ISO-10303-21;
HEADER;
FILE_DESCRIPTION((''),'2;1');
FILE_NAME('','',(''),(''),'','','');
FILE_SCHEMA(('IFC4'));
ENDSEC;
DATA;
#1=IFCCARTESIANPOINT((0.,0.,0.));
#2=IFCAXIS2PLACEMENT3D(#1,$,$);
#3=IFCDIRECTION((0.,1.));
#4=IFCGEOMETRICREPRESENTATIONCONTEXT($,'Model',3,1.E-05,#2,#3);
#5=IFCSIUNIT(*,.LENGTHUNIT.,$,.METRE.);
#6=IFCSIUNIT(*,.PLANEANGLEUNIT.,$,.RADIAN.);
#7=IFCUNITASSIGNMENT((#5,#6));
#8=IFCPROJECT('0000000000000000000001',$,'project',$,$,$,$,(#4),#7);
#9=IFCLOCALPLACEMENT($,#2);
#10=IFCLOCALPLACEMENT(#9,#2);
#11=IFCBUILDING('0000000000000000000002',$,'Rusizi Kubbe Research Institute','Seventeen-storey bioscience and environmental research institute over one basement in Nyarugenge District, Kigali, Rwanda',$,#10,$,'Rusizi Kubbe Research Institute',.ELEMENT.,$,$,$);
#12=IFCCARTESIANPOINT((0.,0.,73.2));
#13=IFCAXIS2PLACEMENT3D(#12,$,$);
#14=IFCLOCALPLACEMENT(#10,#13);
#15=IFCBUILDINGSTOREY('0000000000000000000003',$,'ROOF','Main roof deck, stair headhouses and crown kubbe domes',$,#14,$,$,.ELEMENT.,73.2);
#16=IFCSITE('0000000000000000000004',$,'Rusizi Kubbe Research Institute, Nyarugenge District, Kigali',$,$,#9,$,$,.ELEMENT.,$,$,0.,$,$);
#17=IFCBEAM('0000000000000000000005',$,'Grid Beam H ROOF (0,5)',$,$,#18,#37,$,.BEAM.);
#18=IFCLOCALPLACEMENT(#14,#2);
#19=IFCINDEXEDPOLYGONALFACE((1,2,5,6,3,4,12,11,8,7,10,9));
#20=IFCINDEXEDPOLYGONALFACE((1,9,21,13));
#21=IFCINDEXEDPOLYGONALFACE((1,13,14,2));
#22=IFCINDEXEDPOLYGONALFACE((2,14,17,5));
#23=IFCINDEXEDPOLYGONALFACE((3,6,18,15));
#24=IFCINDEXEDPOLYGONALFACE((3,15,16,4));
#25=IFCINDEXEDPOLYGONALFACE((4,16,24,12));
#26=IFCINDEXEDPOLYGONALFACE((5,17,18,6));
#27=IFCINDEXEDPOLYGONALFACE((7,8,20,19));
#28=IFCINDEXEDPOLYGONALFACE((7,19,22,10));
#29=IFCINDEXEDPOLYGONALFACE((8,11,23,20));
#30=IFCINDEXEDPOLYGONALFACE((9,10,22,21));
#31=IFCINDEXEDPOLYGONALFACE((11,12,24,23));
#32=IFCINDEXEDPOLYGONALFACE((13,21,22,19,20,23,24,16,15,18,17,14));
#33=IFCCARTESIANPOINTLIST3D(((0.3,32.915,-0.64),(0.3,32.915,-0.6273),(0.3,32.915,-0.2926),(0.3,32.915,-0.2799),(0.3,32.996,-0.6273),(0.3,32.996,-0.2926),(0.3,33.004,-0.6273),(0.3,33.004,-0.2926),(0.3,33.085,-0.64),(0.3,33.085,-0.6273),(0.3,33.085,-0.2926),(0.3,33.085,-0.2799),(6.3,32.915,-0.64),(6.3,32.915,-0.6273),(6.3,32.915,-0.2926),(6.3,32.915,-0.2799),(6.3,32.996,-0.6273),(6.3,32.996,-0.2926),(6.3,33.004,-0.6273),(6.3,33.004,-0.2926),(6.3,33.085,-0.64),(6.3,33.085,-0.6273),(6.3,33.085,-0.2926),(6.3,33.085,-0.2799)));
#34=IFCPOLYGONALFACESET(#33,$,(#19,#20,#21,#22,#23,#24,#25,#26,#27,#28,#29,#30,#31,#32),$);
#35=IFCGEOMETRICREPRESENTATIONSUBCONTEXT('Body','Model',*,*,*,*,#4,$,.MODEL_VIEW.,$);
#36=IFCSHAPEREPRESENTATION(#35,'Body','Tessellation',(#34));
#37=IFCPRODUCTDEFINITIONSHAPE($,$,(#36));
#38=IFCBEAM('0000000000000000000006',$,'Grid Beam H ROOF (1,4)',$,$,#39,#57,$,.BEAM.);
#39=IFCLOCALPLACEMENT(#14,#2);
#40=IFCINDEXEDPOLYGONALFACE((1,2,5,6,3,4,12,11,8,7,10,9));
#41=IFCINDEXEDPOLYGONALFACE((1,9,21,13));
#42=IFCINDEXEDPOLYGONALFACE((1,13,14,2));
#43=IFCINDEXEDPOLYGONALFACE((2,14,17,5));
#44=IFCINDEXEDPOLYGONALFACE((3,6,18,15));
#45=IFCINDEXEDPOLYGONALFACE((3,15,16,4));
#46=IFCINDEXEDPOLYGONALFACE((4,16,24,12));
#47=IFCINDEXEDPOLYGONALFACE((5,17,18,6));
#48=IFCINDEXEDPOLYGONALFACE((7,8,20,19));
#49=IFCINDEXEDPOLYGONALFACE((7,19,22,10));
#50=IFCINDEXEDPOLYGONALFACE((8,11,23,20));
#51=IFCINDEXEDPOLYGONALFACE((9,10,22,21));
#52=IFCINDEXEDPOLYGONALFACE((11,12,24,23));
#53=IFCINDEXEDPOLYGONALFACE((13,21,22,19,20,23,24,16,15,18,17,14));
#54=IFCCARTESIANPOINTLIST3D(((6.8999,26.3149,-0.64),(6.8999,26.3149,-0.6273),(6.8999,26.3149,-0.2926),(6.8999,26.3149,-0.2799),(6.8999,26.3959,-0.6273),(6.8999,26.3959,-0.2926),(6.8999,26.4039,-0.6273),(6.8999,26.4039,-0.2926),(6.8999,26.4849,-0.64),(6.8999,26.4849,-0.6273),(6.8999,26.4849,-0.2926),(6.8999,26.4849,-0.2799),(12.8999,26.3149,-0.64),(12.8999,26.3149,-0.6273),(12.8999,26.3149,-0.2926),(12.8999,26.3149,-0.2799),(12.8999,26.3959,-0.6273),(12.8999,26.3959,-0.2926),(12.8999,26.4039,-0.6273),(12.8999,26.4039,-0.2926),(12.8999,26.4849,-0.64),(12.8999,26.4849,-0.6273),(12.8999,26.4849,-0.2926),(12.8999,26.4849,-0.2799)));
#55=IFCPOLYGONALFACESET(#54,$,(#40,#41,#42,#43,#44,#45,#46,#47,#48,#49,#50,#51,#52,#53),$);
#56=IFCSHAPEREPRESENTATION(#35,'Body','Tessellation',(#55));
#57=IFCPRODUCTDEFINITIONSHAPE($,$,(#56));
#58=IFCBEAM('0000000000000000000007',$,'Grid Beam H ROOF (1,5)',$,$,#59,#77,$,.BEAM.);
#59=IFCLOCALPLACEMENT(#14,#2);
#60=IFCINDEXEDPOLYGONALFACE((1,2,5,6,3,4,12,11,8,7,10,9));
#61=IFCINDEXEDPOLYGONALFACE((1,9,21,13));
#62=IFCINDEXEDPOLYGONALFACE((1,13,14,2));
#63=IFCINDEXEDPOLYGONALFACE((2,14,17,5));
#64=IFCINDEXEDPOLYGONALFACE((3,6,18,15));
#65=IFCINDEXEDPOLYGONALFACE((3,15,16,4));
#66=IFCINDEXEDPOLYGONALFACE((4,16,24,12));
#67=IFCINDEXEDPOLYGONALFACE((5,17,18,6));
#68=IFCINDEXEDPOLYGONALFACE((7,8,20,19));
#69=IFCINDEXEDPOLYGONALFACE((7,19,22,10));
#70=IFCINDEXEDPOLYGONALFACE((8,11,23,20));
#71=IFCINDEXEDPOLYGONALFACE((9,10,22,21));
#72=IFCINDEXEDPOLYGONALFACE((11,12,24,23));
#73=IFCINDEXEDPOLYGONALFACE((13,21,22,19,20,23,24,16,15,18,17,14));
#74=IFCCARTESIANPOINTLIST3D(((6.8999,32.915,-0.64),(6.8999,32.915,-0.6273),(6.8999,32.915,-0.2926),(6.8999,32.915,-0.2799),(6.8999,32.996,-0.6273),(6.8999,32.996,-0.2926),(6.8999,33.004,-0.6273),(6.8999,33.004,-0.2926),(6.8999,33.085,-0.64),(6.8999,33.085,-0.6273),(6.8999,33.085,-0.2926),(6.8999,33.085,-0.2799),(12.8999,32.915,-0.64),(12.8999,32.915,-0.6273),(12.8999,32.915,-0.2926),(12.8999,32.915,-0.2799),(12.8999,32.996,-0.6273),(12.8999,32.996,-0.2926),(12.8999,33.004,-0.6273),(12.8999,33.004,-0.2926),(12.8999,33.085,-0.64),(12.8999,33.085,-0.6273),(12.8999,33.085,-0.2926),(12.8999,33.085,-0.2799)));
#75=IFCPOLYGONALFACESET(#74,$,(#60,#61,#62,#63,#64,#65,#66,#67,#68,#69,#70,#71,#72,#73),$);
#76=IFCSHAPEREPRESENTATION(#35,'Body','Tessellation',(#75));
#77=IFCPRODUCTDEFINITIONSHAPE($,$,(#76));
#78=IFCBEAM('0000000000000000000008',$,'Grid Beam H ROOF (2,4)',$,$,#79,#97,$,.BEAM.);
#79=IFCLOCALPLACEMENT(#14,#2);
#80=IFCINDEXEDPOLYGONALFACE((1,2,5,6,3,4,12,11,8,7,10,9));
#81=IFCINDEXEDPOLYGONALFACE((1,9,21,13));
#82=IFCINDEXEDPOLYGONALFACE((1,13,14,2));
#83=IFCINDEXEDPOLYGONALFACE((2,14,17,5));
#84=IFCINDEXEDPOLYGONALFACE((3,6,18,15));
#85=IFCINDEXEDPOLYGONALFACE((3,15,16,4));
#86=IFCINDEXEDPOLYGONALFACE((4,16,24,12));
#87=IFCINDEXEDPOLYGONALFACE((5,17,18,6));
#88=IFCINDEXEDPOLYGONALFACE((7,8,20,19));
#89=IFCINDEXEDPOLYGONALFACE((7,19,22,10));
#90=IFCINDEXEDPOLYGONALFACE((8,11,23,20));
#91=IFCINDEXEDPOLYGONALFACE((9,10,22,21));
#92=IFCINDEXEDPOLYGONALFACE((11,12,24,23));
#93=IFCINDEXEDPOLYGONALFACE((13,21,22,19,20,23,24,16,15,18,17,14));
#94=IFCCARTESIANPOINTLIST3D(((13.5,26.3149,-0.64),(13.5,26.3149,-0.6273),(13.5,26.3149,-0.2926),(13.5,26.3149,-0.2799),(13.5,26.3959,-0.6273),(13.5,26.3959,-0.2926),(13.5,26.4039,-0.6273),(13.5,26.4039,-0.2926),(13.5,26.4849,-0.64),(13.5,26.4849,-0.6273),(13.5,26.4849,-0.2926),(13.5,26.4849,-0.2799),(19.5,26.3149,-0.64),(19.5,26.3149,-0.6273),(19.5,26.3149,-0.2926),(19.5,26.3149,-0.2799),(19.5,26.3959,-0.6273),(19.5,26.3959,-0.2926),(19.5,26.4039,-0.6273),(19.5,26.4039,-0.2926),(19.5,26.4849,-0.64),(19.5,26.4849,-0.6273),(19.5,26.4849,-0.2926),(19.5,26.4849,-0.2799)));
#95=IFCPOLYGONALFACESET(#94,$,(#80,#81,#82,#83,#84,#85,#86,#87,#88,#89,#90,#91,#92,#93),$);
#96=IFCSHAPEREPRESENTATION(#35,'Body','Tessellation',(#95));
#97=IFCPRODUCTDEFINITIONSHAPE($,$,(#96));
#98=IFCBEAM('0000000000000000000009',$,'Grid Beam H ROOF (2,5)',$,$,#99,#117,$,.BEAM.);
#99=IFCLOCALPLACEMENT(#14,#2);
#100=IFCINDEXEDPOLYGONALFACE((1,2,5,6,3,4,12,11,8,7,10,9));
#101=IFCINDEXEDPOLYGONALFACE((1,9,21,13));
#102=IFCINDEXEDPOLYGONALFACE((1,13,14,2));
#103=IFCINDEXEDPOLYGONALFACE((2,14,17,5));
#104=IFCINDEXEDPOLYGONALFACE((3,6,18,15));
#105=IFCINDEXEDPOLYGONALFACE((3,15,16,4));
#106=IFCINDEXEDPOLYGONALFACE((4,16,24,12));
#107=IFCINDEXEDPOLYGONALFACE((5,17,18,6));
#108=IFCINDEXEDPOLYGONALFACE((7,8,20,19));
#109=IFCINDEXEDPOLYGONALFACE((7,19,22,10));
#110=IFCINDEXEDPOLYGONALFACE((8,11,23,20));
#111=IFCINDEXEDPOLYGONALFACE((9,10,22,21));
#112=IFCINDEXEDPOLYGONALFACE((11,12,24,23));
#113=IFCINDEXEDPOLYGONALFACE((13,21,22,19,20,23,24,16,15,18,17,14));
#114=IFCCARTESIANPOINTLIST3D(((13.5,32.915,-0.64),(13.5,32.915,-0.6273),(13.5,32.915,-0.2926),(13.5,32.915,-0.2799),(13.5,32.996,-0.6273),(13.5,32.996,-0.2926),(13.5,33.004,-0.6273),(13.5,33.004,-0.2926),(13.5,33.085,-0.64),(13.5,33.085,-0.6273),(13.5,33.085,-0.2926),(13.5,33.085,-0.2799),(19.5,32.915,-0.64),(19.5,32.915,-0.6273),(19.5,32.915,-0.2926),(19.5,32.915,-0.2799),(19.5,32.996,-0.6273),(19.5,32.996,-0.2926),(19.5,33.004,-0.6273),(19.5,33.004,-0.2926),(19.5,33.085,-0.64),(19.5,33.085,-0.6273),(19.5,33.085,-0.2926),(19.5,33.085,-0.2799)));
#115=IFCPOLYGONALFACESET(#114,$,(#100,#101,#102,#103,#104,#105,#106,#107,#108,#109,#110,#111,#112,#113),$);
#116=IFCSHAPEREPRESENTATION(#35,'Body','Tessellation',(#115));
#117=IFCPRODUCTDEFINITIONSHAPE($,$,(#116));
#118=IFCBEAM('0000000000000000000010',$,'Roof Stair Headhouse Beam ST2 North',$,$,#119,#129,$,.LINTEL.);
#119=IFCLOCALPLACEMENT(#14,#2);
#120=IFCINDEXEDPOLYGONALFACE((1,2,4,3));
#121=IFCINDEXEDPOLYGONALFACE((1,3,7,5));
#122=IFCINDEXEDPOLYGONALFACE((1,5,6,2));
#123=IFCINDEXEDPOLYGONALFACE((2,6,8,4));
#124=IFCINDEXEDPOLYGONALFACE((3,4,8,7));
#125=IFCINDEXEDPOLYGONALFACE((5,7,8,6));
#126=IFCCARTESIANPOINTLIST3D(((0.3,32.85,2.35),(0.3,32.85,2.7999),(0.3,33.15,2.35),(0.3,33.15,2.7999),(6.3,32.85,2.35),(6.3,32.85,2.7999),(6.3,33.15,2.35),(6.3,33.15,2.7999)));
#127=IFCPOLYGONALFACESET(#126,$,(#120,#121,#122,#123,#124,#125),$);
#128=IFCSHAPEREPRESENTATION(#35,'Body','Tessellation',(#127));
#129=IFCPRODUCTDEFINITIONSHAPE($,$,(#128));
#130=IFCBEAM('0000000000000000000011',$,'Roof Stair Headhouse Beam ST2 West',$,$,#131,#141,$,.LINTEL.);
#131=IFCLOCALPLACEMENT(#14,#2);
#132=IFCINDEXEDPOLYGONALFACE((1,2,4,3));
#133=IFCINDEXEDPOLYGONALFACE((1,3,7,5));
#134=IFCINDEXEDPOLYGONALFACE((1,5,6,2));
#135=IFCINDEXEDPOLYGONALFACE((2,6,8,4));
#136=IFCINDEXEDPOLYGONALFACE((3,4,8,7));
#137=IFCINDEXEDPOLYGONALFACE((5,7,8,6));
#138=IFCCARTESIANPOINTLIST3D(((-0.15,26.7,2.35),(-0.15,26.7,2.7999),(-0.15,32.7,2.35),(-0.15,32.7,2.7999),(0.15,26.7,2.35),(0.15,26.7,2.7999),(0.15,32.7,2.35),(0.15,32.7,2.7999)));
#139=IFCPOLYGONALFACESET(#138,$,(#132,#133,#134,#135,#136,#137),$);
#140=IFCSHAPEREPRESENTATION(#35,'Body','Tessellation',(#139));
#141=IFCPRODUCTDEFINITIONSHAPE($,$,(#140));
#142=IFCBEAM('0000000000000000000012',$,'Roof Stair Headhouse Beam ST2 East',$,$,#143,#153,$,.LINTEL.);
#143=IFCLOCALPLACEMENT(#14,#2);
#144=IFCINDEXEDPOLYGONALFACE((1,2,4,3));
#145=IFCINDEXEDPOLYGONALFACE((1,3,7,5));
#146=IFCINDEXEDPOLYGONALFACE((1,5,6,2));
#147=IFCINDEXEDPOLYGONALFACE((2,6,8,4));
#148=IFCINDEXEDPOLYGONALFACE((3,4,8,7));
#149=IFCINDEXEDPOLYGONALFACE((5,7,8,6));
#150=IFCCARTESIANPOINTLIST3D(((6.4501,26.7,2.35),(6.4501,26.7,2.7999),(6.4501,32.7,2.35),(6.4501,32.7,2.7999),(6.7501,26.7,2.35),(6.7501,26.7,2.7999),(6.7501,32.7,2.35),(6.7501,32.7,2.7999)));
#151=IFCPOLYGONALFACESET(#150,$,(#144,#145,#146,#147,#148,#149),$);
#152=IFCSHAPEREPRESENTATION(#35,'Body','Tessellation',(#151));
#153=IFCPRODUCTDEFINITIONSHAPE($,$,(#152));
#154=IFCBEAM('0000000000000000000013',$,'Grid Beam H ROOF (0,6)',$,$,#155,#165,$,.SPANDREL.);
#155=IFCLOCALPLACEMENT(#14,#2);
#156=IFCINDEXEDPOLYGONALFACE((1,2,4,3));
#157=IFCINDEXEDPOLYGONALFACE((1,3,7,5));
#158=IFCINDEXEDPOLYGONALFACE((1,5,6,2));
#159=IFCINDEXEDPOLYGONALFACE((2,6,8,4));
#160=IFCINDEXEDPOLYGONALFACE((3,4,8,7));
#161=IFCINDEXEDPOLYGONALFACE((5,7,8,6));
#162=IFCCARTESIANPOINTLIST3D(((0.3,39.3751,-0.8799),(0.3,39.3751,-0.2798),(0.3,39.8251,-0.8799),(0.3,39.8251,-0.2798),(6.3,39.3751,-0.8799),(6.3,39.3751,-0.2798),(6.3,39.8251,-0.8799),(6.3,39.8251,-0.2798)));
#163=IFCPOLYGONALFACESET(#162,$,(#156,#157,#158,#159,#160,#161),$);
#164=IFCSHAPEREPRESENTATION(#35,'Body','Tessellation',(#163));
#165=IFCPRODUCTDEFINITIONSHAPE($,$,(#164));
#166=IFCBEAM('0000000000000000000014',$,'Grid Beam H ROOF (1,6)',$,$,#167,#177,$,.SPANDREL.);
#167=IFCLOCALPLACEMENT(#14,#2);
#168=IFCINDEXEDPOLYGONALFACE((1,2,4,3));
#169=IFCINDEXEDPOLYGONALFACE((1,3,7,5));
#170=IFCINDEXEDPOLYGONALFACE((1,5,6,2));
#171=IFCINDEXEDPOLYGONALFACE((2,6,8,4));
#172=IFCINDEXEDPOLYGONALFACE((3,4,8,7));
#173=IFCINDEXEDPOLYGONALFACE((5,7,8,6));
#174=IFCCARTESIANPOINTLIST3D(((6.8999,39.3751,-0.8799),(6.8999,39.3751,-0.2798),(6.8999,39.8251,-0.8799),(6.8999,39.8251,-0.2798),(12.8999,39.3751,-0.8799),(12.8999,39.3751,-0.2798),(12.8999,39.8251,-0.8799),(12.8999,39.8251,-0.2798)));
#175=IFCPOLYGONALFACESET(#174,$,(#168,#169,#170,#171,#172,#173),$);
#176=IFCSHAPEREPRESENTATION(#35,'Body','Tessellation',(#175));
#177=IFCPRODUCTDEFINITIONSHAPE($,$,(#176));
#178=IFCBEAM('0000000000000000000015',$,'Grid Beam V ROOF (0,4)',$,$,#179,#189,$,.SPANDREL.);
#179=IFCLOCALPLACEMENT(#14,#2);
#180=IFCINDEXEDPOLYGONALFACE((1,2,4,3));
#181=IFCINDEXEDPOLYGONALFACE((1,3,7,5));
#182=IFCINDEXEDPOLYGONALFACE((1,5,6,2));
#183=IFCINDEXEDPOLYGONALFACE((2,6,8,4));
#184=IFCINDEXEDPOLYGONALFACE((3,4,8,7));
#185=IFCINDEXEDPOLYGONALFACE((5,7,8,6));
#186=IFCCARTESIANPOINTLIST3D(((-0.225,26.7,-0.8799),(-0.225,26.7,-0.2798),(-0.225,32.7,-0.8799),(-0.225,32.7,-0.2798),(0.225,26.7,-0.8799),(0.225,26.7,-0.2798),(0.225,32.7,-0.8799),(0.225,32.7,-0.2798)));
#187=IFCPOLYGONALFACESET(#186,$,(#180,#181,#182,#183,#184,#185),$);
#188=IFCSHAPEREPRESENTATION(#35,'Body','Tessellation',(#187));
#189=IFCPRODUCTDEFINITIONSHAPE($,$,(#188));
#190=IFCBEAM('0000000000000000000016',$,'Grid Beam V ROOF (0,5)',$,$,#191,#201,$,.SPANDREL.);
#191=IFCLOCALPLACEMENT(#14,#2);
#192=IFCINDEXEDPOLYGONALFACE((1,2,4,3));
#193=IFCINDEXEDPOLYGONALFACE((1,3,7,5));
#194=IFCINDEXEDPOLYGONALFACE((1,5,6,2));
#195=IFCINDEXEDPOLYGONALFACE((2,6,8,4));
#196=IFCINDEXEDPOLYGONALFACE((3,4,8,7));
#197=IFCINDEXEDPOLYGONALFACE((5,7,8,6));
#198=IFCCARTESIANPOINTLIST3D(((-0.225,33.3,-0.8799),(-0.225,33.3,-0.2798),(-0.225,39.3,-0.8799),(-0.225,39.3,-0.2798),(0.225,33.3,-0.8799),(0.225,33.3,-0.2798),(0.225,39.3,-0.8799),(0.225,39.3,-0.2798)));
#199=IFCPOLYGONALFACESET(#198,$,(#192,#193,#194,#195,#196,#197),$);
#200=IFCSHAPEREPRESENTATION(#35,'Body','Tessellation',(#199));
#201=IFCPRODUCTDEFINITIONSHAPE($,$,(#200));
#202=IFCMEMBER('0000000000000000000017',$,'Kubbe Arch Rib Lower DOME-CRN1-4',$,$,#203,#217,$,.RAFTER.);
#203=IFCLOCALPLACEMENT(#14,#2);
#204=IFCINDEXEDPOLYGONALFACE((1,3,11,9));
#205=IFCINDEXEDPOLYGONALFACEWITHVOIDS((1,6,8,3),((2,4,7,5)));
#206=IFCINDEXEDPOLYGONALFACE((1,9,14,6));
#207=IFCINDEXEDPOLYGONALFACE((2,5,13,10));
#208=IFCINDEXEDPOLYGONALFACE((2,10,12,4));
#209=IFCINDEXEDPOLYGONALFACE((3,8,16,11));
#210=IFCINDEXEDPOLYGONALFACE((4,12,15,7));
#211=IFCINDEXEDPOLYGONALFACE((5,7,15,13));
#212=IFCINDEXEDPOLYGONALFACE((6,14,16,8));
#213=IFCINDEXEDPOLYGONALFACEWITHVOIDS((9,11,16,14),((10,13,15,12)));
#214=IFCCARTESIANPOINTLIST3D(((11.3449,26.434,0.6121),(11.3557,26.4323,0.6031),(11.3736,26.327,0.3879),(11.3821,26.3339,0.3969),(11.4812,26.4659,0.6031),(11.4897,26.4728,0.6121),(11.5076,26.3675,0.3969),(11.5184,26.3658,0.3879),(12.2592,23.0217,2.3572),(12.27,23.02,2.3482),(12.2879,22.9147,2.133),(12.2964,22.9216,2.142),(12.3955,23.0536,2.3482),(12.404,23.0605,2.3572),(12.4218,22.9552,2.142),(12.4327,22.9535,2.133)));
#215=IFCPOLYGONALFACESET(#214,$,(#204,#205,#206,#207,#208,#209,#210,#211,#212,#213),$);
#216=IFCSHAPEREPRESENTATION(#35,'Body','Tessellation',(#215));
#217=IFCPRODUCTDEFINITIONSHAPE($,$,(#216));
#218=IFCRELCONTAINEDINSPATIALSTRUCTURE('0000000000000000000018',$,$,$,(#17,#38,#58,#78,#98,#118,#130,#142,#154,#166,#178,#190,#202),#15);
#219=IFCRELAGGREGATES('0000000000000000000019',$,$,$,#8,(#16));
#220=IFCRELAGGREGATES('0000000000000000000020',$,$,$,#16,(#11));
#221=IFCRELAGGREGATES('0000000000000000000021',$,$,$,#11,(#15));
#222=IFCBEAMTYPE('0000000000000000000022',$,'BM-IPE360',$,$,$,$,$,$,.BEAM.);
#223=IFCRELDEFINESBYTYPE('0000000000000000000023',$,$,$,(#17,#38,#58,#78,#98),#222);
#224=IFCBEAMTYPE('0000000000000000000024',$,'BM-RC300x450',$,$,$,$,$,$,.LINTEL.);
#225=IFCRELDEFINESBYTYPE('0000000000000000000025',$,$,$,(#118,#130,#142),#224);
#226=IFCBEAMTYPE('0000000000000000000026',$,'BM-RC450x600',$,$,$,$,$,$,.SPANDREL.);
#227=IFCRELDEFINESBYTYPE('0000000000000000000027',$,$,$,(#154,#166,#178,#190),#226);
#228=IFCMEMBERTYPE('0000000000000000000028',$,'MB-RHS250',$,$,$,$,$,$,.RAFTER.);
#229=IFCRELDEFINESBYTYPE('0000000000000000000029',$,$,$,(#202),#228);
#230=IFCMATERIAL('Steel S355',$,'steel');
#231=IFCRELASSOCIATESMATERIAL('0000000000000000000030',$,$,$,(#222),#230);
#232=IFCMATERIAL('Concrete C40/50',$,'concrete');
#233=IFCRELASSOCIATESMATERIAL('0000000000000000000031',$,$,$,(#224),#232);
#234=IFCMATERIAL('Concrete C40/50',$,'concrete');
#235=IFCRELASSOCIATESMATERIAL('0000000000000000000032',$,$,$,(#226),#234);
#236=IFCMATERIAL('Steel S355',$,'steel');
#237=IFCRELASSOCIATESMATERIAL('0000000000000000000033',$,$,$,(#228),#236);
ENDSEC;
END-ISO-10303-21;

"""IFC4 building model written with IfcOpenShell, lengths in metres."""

from ifc_helpers import new_model, si_unit, direction, frame, origin, origin_2d, place, context, subcontext, project, spatial, rectangle, hollow_rectangle, i_section, extrude, material, material_profile, profile_set, type_object, element, save


model = new_model("IFC4")

# Units and contexts
model_context = context("Model", 3, precision=1e-05, world=origin(), true_north=direction((0.0, 1.0)))
body_context = subcontext(model_context, "Body", "Model", "MODEL_VIEW")
ifc_project = project(units=[si_unit("LENGTHUNIT", "METRE"), si_unit("PLANEANGLEUNIT", "RADIAN")], contexts=[model_context])

# Site, building, storey
site_placement = place(None, origin())
site = spatial("IfcSite", under=ifc_project, at=site_placement, Name="Rusizi Kubbe Research Institute, Nyarugenge District, Kigali", CompositionType="ELEMENT", RefElevation=0.0)
building_placement = place(site_placement, origin())
building = spatial("IfcBuilding", under=site, at=building_placement, Name="Rusizi Kubbe Research Institute", Description="Seventeen-storey bioscience and environmental research institute over one basement in Nyarugenge District, Kigali, Rwanda", LongName="Rusizi Kubbe Research Institute", CompositionType="ELEMENT")
storey_placement = place(building_placement, frame((0.0, 0.0, 73.2)))
storey = spatial("IfcBuildingStorey", under=building, at=storey_placement, Name="ROOF", Description="Main roof deck, stair headhouses and crown kubbe domes", CompositionType="ELEMENT", Elevation=73.2)

# Beams
ifc_material_1 = material(Name="Steel S355", Category="steel")
ifc_material_profile_1 = material_profile(ifc_material_1, i_section(OverallWidth=0.1699, OverallDepth=0.3601, WebThickness=0.0081, FlangeThickness=0.0127, at=origin_2d()), Name="IPE 360")
ifc_profile_set_1 = profile_set([ifc_material_profile_1], Name="Steel S355")
beam_type_1 = type_object("IfcBeamType", Name="BM-IPE360", PredefinedType="BEAM", material=ifc_profile_set_1)
for number, where, z_axis, x_axis, name in (
    (1, (0.3, 33.0, -0.46), (1.0, 0.0, 0.0), (0.0, 1.0, 0.0), "Grid Beam H ROOF (0,5)"),
    (2, (6.8999, 26.3999, -0.46), (1.0, 0.0, 0.0), (0.0, 1.0, 0.0), "Grid Beam H ROOF (1,4)"),
    (3, (6.8999, 33.0, -0.46), (1.0, 0.0, 0.0), (0.0, 1.0, 0.0), "Grid Beam H ROOF (1,5)"),
    (4, (13.5, 26.3999, -0.46), (1.0, 0.0, 0.0), (0.0, 1.0, 0.0), "Grid Beam H ROOF (2,4)"),
    (5, (13.5, 33.0, -0.46), (1.0, 0.0, 0.0), (0.0, 1.0, 0.0), "Grid Beam H ROOF (2,5)"),
):
    element("IfcBeam", number, at=place(storey_placement, frame(where, z_axis=z_axis, x_axis=x_axis)), inside=storey, type_object=beam_type_1, Name=name, PredefinedType="BEAM", context=body_context, shape_type="SweptSolid", body=[
        extrude(i_section(OverallWidth=0.1699, OverallDepth=0.3601, WebThickness=0.0081, FlangeThickness=0.0127, at=origin_2d()), origin(), (0.0, 0.0, 1.0), 6.0),
    ])
ifc_material_2 = material(Name="Concrete C40/50", Category="concrete")
ifc_material_profile_2 = material_profile(ifc_material_2, rectangle(XDim=0.3, YDim=0.45, at=origin_2d()), Name="RC300x450")
ifc_profile_set_2 = profile_set([ifc_material_profile_2], Name="Concrete C40/50")
beam_type_2 = type_object("IfcBeamType", Name="BM-RC300x450", PredefinedType="LINTEL", material=ifc_profile_set_2)
for number, where, z_axis, x_axis, name in (
    (6, (0.3, 33.0, 2.575), (1.0, 0.0, 0.0), (0.0, 1.0, 0.0), "Roof Stair Headhouse Beam ST2 North"),
    (7, (0.0, 26.7, 2.575), (0.0, 1.0, 0.0), (-1.0, 0.0, 0.0), "Roof Stair Headhouse Beam ST2 West"),
    (8, (6.6001, 26.7, 2.575), (0.0, 1.0, 0.0), (-1.0, 0.0, 0.0), "Roof Stair Headhouse Beam ST2 East"),
):
    element("IfcBeam", number, at=place(storey_placement, frame(where, z_axis=z_axis, x_axis=x_axis)), inside=storey, type_object=beam_type_2, Name=name, PredefinedType="LINTEL", context=body_context, shape_type="SweptSolid", body=[
        extrude(rectangle(XDim=0.3, YDim=0.45, at=origin_2d()), origin(), (0.0, 0.0, 1.0), 6.0),
    ])
ifc_material_3 = material(Name="Concrete C40/50", Category="concrete")
ifc_material_profile_3 = material_profile(ifc_material_3, rectangle(XDim=0.45, YDim=0.6001, at=origin_2d()), Name="RC450x600")
ifc_profile_set_3 = profile_set([ifc_material_profile_3], Name="Concrete C40/50")
beam_type_3 = type_object("IfcBeamType", Name="BM-RC450x600", PredefinedType="SPANDREL", material=ifc_profile_set_3)
for number, where, z_axis, x_axis, name in (
    (9, (0.3, 39.6001, -0.5798), (1.0, 0.0, 0.0), (0.0, 1.0, 0.0), "Grid Beam H ROOF (0,6)"),
    (10, (6.8999, 39.6001, -0.5798), (1.0, 0.0, 0.0), (0.0, 1.0, 0.0), "Grid Beam H ROOF (1,6)"),
    (11, (0.0, 26.7, -0.5798), (0.0, 1.0, 0.0), (-1.0, 0.0, 0.0), "Grid Beam V ROOF (0,4)"),
    (12, (0.0, 33.3, -0.5798), (0.0, 1.0, 0.0), (-1.0, 0.0, 0.0), "Grid Beam V ROOF (0,5)"),
):
    element("IfcBeam", number, at=place(storey_placement, frame(where, z_axis=z_axis, x_axis=x_axis)), inside=storey, type_object=beam_type_3, Name=name, PredefinedType="SPANDREL", context=body_context, shape_type="SweptSolid", body=[
        extrude(rectangle(XDim=0.45, YDim=0.6001, at=origin_2d()), origin(), (0.0, 0.0, 1.0), 6.0),
    ])

# Member
ifc_material_4 = material(Name="Steel S355", Category="steel")
ifc_material_profile_4 = material_profile(ifc_material_4, hollow_rectangle(XDim=0.1499, YDim=0.25, WallThickness=0.01, at=origin_2d()), Name="RHS 250x150x10.0")
ifc_profile_set_4 = profile_set([ifc_material_profile_4], Name="Steel S355")
member_type = type_object("IfcMemberType", Name="MB-RHS250", PredefinedType="RAFTER", material=ifc_profile_set_4)
member_1_placement = place(storey_placement, frame((11.4316, 26.3999, 0.5), z_axis=(0.232043, -0.866025, 0.442895), x_axis=(0.965928, 0.258811, 0.0)))
element("IfcMember", 13, at=member_1_placement, inside=storey, type_object=member_type, Name="Kubbe Arch Rib Lower DOME-CRN1-4", PredefinedType="RAFTER", context=body_context, shape_type="SweptSolid", body=[
    extrude(hollow_rectangle(XDim=0.1499, YDim=0.25, WallThickness=0.01, at=origin_2d()), origin(), (0.0, 0.0, 1.0), 3.9402),
])

save(model, "model.ifc")
